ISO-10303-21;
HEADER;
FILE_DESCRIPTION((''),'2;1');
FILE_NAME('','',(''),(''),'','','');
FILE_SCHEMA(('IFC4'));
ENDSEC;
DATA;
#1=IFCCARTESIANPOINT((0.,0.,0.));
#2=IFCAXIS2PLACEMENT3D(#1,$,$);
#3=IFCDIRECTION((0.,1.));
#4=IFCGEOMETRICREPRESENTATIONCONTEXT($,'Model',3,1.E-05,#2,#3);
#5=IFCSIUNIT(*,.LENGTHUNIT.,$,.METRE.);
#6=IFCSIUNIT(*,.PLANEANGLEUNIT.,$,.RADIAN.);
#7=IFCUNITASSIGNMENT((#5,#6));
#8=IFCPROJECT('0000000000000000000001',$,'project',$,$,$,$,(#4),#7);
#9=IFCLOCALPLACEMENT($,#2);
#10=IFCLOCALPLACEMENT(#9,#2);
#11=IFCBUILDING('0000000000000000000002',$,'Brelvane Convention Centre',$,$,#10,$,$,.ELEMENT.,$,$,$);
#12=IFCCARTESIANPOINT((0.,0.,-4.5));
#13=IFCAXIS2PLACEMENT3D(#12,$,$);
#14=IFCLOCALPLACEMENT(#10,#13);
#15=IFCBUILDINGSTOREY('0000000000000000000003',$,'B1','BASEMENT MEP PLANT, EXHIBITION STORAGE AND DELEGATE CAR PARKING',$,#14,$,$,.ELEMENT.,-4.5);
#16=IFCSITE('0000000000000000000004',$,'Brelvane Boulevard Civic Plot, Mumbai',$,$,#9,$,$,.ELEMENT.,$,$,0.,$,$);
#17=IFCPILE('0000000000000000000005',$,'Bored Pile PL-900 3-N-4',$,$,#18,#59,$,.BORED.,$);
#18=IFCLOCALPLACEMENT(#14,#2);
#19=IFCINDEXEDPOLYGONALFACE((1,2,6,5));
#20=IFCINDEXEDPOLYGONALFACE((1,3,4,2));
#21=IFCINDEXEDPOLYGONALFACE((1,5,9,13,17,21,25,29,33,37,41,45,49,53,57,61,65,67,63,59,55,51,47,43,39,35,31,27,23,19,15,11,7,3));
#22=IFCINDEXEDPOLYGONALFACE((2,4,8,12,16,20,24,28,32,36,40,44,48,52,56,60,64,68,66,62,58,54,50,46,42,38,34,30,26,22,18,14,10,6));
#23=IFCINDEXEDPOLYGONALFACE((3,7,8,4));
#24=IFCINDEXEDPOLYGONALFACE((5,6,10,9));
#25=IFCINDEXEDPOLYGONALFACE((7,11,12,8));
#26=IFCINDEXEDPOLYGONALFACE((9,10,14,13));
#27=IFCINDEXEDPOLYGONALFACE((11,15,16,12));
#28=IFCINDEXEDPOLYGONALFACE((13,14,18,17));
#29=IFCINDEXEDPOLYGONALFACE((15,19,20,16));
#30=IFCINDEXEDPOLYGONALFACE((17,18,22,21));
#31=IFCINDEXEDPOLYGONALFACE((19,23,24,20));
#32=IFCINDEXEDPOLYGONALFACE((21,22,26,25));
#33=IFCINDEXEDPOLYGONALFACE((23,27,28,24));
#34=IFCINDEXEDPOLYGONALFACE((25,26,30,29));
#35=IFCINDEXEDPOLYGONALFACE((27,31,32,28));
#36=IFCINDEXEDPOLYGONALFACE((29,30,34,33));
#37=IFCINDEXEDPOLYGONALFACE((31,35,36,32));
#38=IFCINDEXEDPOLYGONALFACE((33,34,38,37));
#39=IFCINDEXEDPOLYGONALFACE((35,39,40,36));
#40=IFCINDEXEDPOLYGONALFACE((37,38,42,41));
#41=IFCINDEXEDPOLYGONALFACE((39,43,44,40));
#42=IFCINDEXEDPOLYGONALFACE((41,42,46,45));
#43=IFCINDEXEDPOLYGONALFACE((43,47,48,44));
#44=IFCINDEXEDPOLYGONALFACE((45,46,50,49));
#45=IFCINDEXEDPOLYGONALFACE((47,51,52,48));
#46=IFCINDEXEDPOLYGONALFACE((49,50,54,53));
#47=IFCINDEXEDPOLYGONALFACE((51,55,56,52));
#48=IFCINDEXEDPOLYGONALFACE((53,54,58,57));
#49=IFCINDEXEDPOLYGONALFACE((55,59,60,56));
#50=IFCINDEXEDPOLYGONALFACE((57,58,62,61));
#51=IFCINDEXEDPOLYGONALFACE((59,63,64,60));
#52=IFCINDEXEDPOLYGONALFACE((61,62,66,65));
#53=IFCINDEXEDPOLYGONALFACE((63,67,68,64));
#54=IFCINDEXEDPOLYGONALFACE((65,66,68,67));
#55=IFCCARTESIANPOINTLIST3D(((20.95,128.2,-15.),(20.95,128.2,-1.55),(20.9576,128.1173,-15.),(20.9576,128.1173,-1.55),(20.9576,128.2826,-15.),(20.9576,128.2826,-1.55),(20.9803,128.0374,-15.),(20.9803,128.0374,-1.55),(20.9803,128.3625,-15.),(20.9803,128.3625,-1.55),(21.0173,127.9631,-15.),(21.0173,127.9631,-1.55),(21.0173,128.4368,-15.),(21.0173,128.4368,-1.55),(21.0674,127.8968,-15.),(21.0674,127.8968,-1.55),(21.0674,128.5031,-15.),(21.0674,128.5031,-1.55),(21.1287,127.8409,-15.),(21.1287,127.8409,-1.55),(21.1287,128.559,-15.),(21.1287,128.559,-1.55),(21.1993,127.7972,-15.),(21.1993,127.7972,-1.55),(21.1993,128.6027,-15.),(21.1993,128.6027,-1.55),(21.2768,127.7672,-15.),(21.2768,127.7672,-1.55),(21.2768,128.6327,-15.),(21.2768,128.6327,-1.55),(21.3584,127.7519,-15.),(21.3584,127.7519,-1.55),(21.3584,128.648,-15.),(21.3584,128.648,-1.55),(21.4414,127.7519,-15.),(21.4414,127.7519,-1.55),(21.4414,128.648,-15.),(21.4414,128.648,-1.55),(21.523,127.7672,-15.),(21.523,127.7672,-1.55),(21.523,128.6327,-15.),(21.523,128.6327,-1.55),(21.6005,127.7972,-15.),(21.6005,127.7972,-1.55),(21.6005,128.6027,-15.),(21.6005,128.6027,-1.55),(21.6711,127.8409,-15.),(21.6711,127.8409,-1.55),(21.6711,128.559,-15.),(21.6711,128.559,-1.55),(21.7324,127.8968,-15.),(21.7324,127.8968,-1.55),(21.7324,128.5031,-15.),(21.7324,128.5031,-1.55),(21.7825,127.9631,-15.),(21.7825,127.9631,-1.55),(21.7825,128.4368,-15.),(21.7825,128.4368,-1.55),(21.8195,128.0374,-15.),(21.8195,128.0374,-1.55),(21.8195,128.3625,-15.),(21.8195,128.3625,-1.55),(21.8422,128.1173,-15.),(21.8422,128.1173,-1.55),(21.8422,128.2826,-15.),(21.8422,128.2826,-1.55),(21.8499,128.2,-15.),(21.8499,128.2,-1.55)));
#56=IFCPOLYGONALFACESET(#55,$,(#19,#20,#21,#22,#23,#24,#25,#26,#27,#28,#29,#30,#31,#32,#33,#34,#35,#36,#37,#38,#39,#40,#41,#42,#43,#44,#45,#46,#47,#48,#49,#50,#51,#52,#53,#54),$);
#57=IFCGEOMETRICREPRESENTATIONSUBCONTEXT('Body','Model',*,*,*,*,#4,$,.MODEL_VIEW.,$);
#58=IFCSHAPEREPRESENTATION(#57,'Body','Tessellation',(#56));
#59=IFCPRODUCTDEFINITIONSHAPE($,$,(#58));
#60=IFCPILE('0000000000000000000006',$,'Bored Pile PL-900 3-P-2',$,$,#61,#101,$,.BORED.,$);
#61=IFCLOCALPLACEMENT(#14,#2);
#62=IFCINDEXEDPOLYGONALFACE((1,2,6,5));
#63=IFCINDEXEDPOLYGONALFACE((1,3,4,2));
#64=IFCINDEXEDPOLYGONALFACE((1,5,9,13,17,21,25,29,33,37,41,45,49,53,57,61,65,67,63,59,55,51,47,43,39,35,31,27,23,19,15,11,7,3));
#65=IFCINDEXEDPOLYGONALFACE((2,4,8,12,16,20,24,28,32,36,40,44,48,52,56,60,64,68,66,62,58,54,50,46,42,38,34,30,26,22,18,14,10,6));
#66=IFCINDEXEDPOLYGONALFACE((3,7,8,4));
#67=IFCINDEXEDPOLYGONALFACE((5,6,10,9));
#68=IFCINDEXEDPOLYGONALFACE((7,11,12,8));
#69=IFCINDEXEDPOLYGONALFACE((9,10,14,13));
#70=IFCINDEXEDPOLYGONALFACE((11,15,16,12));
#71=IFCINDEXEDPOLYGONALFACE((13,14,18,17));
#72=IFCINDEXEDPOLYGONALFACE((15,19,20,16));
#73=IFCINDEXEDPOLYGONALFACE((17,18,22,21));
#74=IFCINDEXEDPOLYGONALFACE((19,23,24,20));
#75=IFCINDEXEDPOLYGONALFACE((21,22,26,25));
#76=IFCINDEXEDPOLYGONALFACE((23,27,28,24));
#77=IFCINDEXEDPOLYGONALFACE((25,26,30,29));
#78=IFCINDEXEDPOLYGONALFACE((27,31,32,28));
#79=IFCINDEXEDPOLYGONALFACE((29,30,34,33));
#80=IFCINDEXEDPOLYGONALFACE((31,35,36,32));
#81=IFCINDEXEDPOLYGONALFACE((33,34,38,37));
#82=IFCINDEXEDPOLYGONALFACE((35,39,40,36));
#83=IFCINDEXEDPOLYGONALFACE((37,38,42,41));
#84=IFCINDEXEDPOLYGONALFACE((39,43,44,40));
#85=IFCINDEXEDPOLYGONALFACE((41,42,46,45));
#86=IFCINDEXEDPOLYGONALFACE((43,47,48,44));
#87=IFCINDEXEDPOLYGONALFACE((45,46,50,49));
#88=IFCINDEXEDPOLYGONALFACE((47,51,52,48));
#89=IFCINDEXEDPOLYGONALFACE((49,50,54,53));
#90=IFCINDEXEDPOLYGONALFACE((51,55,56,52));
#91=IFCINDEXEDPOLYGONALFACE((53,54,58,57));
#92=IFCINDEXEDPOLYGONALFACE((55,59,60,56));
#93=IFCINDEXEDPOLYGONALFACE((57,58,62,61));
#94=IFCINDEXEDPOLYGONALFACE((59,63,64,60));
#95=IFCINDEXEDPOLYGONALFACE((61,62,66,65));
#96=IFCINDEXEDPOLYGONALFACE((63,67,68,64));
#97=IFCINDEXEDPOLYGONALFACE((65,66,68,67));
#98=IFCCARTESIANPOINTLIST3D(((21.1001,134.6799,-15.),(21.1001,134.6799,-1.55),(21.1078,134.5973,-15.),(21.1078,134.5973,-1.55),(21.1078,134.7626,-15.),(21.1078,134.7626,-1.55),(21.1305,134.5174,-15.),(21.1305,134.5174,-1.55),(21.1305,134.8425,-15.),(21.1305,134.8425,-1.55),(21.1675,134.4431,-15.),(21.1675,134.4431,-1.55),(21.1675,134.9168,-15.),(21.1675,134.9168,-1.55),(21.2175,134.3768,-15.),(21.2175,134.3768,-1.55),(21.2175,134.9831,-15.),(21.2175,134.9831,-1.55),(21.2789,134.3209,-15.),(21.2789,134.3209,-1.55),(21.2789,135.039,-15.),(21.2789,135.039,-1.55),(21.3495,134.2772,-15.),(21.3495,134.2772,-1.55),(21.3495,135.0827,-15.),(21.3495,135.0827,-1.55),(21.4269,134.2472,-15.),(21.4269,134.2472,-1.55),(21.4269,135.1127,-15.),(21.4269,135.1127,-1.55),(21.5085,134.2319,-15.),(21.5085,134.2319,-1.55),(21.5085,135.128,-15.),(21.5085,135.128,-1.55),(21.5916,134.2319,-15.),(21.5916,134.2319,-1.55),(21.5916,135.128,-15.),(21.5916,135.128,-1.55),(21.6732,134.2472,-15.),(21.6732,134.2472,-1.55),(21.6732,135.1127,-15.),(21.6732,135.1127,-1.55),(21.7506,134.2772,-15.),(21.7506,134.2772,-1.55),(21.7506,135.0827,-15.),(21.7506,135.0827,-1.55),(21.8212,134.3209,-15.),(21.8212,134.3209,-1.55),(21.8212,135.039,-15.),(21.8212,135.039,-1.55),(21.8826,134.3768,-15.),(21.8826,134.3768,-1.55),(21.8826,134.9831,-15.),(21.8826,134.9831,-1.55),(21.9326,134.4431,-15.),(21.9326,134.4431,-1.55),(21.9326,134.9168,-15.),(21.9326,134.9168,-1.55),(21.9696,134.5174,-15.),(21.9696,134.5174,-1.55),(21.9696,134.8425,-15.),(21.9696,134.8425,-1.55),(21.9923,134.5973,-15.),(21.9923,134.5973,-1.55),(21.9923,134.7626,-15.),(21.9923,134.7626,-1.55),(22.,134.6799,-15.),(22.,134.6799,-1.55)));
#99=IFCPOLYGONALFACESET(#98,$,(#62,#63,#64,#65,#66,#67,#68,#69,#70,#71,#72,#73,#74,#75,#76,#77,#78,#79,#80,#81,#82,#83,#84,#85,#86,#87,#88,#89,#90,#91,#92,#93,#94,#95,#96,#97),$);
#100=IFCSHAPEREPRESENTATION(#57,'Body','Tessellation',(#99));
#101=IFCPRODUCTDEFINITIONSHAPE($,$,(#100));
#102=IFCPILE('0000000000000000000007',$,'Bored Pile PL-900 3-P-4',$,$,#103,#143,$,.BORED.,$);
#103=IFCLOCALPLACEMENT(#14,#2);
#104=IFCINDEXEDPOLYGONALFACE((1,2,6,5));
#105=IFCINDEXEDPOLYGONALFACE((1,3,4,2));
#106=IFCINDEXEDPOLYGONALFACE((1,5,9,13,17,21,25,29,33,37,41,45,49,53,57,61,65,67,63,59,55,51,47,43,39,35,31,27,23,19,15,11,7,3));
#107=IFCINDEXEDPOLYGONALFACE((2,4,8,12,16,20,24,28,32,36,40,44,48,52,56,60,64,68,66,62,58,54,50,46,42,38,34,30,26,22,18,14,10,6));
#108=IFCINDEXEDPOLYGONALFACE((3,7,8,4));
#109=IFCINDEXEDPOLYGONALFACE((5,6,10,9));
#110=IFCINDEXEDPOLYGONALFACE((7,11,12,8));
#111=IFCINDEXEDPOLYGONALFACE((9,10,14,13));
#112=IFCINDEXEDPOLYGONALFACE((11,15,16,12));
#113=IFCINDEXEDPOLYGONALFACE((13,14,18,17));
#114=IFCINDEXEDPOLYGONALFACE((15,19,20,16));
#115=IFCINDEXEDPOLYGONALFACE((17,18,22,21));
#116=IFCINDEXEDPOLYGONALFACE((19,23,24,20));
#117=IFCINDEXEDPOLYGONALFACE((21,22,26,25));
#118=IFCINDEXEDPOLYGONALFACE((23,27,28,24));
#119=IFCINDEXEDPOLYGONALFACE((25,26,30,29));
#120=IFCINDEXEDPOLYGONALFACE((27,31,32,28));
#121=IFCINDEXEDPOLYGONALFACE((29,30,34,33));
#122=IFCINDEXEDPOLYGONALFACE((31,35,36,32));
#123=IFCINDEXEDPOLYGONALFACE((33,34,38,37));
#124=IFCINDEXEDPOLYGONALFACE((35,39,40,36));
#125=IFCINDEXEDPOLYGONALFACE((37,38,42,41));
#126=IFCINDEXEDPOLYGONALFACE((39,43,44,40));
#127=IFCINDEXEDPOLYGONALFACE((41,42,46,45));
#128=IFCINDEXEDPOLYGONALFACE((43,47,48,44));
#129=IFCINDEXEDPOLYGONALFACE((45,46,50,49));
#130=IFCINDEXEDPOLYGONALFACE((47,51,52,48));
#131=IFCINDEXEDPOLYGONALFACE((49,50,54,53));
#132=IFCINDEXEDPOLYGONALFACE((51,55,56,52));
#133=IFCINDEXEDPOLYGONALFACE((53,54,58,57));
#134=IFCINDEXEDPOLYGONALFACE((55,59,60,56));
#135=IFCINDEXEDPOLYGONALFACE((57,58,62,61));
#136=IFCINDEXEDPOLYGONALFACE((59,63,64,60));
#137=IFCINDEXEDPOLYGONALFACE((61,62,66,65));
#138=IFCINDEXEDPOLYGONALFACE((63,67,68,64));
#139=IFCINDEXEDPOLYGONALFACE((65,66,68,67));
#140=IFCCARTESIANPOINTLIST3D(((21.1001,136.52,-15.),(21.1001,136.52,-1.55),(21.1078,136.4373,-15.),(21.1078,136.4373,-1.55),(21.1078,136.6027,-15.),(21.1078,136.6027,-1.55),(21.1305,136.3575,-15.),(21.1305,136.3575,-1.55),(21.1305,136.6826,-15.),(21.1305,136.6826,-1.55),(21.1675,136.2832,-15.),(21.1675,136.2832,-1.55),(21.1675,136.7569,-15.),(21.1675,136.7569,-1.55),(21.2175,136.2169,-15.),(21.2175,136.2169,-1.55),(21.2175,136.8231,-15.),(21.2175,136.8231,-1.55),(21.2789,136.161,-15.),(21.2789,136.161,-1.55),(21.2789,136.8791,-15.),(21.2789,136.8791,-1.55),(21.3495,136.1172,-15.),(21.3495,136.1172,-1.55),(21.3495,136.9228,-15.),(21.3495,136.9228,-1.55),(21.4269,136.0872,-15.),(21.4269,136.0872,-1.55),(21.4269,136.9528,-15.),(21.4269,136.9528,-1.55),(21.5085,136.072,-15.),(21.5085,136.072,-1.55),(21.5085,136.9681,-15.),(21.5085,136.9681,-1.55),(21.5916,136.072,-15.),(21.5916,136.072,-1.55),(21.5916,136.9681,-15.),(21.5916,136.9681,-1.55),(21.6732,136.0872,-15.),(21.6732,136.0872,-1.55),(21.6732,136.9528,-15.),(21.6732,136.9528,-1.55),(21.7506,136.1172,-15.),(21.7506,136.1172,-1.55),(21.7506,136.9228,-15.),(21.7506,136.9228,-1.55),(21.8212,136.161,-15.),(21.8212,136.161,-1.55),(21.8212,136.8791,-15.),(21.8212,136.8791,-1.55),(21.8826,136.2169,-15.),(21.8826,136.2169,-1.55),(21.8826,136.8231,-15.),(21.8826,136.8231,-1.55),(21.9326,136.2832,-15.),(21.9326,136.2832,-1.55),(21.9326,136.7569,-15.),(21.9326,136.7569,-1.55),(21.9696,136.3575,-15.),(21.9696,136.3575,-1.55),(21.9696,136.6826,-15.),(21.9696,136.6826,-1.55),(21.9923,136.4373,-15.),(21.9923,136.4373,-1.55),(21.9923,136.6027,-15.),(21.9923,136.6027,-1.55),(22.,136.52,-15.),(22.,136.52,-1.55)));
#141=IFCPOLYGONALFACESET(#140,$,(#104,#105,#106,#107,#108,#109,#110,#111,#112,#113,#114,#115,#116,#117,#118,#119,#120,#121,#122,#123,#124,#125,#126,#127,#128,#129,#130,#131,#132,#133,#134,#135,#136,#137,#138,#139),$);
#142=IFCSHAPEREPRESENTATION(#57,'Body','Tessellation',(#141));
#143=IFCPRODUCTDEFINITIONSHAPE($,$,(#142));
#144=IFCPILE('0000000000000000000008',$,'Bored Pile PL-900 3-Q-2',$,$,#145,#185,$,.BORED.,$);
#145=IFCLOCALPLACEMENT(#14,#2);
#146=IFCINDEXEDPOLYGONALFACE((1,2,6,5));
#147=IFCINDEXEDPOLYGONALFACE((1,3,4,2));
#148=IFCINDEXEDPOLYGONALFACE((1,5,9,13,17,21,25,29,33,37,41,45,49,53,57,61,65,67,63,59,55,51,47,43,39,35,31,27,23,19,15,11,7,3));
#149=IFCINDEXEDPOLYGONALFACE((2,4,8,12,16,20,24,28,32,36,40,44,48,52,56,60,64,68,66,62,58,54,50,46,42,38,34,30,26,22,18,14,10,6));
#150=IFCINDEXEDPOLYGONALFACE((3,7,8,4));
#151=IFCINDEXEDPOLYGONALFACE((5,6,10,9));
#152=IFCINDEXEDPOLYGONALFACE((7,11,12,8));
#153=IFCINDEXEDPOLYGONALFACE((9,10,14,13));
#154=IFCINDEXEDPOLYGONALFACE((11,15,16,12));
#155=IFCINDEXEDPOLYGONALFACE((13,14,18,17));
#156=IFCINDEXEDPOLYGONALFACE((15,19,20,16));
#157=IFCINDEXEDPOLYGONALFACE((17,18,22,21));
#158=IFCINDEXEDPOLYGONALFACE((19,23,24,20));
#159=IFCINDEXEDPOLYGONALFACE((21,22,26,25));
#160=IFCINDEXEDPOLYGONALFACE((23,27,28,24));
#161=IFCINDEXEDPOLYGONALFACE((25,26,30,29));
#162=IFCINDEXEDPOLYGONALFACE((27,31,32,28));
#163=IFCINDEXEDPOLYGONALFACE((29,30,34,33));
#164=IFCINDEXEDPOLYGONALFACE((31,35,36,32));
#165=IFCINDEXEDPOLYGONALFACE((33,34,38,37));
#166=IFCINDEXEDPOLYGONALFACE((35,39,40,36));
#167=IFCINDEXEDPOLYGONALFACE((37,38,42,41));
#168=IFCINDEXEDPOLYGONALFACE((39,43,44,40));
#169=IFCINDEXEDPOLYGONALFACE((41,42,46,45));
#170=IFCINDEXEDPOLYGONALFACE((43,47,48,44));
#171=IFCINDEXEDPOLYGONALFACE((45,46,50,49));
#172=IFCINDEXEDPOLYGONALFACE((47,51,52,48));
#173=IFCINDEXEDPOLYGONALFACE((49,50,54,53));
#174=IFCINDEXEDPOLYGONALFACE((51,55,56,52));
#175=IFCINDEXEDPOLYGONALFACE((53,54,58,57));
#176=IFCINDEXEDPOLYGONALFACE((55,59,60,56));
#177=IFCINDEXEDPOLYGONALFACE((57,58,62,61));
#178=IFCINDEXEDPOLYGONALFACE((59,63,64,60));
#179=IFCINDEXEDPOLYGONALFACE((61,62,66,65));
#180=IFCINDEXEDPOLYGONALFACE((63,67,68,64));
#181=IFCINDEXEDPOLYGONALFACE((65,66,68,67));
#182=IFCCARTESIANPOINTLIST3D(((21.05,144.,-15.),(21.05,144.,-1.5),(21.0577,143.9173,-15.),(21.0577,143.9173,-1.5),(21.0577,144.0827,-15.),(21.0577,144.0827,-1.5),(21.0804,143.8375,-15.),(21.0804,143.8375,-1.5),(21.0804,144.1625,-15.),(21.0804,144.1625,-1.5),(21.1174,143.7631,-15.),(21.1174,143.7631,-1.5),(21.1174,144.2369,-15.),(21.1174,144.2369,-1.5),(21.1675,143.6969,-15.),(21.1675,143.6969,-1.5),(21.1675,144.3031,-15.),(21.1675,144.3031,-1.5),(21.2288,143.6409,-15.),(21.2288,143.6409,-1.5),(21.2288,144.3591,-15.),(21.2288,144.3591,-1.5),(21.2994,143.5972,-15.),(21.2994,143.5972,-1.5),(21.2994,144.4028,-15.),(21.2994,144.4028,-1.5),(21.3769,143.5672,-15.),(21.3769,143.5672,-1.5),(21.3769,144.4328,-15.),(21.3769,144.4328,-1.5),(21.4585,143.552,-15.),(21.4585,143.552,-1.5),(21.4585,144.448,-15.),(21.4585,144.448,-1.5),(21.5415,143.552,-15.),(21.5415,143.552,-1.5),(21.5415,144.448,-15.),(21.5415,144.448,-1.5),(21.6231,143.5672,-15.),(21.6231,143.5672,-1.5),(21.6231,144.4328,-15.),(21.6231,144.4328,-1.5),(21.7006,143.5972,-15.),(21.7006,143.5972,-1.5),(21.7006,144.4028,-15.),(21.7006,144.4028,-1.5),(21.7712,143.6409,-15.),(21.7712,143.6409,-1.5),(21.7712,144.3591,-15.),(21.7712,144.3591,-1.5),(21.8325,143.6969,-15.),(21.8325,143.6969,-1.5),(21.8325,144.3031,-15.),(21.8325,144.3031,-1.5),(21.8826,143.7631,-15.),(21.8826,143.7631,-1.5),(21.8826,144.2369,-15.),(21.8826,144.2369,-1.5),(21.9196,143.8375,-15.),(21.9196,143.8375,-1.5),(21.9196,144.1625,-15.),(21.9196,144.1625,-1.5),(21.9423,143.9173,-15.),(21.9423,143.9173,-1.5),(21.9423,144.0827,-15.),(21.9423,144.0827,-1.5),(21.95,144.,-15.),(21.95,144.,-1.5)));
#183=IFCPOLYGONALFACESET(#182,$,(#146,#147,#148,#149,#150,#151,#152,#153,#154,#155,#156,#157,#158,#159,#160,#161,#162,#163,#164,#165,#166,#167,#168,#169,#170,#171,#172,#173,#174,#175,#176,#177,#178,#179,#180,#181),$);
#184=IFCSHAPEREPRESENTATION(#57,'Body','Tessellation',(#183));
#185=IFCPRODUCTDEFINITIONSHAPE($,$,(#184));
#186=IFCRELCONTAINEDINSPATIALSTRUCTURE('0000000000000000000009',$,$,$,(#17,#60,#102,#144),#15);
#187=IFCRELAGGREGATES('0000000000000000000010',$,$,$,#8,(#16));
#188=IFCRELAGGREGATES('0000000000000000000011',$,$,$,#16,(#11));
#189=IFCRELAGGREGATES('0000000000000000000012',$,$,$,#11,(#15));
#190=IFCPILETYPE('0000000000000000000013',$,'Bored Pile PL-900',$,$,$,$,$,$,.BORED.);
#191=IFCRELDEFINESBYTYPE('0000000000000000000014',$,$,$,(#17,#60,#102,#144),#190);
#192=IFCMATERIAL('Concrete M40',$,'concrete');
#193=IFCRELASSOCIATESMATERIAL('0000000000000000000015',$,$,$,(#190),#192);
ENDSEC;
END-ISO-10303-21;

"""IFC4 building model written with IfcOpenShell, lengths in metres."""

from ifc_helpers import new_model, si_unit, direction, frame, origin, origin_2d, place, context, subcontext, project, spatial, circle, extrude, material, material_profile, profile_set, type_object, element, save


model = new_model("IFC4")

# Units and contexts
model_context = context("Model", 3, precision=1e-05, world=origin(), true_north=direction((0.0, 1.0)))
body_context = subcontext(model_context, "Body", "Model", "MODEL_VIEW")
ifc_project = project(units=[si_unit("LENGTHUNIT", "METRE"), si_unit("PLANEANGLEUNIT", "RADIAN")], contexts=[model_context])

# Site, building, storey
site_placement = place(None, origin())
site = spatial("IfcSite", under=ifc_project, at=site_placement, Name="Brelvane Boulevard Civic Plot, Mumbai", CompositionType="ELEMENT", RefElevation=0.0)
building_placement = place(site_placement, origin())
building = spatial("IfcBuilding", under=site, at=building_placement, Name="Brelvane Convention Centre", CompositionType="ELEMENT")
storey_placement = place(building_placement, frame((0.0, 0.0, -4.5)))
storey = spatial("IfcBuildingStorey", under=building, at=storey_placement, Name="B1", Description="BASEMENT MEP PLANT, EXHIBITION STORAGE AND DELEGATE CAR PARKING", CompositionType="ELEMENT", Elevation=-4.5)

# Piles
ifc_material_1 = material(Name="Concrete M40", Category="concrete")
ifc_material_profile_1 = material_profile(ifc_material_1, circle(Radius=0.45, at=origin_2d()), Name="PILE D900")
ifc_profile_set_1 = profile_set([ifc_material_profile_1], Name="Concrete M40")
pile_type = type_object("IfcPileType", Name="Bored Pile PL-900", PredefinedType="BORED", material=ifc_profile_set_1)
for number, where, z_axis, x_axis, name in (
    (1, (21.3999, 128.2, -1.55), (0.0, 0.0, -1.0), (1.0, 0.0, 0.0), "Bored Pile PL-900 3-N-4"),
    (2, (21.55, 134.6799, -1.55), (0.0, 0.0, -1.0), (1.0, 0.0, 0.0), "Bored Pile PL-900 3-P-2"),
    (3, (21.55, 136.52, -1.55), (0.0, 0.0, -1.0), (1.0, 0.0, 0.0), "Bored Pile PL-900 3-P-4"),
):
    element("IfcPile", number, at=place(storey_placement, frame(where, z_axis=z_axis, x_axis=x_axis)), inside=storey, type_object=pile_type, Name=name, PredefinedType="BORED", context=body_context, shape_type="SweptSolid", body=[
        extrude(circle(Radius=0.45, at=origin_2d()), origin(), (0.0, 0.0, 1.0), 13.45),
    ])
pile_1_placement = place(storey_placement, frame((21.5, 144.0, -1.5), z_axis=(0.0, 0.0, -1.0), x_axis=(1.0, 0.0, 0.0)))
element("IfcPile", 4, at=pile_1_placement, inside=storey, type_object=pile_type, Name="Bored Pile PL-900 3-Q-2", PredefinedType="BORED", context=body_context, shape_type="SweptSolid", body=[
    extrude(circle(Radius=0.45, at=origin_2d()), origin(), (0.0, 0.0, 1.0), 13.5),
])

save(model, "model.ifc")
